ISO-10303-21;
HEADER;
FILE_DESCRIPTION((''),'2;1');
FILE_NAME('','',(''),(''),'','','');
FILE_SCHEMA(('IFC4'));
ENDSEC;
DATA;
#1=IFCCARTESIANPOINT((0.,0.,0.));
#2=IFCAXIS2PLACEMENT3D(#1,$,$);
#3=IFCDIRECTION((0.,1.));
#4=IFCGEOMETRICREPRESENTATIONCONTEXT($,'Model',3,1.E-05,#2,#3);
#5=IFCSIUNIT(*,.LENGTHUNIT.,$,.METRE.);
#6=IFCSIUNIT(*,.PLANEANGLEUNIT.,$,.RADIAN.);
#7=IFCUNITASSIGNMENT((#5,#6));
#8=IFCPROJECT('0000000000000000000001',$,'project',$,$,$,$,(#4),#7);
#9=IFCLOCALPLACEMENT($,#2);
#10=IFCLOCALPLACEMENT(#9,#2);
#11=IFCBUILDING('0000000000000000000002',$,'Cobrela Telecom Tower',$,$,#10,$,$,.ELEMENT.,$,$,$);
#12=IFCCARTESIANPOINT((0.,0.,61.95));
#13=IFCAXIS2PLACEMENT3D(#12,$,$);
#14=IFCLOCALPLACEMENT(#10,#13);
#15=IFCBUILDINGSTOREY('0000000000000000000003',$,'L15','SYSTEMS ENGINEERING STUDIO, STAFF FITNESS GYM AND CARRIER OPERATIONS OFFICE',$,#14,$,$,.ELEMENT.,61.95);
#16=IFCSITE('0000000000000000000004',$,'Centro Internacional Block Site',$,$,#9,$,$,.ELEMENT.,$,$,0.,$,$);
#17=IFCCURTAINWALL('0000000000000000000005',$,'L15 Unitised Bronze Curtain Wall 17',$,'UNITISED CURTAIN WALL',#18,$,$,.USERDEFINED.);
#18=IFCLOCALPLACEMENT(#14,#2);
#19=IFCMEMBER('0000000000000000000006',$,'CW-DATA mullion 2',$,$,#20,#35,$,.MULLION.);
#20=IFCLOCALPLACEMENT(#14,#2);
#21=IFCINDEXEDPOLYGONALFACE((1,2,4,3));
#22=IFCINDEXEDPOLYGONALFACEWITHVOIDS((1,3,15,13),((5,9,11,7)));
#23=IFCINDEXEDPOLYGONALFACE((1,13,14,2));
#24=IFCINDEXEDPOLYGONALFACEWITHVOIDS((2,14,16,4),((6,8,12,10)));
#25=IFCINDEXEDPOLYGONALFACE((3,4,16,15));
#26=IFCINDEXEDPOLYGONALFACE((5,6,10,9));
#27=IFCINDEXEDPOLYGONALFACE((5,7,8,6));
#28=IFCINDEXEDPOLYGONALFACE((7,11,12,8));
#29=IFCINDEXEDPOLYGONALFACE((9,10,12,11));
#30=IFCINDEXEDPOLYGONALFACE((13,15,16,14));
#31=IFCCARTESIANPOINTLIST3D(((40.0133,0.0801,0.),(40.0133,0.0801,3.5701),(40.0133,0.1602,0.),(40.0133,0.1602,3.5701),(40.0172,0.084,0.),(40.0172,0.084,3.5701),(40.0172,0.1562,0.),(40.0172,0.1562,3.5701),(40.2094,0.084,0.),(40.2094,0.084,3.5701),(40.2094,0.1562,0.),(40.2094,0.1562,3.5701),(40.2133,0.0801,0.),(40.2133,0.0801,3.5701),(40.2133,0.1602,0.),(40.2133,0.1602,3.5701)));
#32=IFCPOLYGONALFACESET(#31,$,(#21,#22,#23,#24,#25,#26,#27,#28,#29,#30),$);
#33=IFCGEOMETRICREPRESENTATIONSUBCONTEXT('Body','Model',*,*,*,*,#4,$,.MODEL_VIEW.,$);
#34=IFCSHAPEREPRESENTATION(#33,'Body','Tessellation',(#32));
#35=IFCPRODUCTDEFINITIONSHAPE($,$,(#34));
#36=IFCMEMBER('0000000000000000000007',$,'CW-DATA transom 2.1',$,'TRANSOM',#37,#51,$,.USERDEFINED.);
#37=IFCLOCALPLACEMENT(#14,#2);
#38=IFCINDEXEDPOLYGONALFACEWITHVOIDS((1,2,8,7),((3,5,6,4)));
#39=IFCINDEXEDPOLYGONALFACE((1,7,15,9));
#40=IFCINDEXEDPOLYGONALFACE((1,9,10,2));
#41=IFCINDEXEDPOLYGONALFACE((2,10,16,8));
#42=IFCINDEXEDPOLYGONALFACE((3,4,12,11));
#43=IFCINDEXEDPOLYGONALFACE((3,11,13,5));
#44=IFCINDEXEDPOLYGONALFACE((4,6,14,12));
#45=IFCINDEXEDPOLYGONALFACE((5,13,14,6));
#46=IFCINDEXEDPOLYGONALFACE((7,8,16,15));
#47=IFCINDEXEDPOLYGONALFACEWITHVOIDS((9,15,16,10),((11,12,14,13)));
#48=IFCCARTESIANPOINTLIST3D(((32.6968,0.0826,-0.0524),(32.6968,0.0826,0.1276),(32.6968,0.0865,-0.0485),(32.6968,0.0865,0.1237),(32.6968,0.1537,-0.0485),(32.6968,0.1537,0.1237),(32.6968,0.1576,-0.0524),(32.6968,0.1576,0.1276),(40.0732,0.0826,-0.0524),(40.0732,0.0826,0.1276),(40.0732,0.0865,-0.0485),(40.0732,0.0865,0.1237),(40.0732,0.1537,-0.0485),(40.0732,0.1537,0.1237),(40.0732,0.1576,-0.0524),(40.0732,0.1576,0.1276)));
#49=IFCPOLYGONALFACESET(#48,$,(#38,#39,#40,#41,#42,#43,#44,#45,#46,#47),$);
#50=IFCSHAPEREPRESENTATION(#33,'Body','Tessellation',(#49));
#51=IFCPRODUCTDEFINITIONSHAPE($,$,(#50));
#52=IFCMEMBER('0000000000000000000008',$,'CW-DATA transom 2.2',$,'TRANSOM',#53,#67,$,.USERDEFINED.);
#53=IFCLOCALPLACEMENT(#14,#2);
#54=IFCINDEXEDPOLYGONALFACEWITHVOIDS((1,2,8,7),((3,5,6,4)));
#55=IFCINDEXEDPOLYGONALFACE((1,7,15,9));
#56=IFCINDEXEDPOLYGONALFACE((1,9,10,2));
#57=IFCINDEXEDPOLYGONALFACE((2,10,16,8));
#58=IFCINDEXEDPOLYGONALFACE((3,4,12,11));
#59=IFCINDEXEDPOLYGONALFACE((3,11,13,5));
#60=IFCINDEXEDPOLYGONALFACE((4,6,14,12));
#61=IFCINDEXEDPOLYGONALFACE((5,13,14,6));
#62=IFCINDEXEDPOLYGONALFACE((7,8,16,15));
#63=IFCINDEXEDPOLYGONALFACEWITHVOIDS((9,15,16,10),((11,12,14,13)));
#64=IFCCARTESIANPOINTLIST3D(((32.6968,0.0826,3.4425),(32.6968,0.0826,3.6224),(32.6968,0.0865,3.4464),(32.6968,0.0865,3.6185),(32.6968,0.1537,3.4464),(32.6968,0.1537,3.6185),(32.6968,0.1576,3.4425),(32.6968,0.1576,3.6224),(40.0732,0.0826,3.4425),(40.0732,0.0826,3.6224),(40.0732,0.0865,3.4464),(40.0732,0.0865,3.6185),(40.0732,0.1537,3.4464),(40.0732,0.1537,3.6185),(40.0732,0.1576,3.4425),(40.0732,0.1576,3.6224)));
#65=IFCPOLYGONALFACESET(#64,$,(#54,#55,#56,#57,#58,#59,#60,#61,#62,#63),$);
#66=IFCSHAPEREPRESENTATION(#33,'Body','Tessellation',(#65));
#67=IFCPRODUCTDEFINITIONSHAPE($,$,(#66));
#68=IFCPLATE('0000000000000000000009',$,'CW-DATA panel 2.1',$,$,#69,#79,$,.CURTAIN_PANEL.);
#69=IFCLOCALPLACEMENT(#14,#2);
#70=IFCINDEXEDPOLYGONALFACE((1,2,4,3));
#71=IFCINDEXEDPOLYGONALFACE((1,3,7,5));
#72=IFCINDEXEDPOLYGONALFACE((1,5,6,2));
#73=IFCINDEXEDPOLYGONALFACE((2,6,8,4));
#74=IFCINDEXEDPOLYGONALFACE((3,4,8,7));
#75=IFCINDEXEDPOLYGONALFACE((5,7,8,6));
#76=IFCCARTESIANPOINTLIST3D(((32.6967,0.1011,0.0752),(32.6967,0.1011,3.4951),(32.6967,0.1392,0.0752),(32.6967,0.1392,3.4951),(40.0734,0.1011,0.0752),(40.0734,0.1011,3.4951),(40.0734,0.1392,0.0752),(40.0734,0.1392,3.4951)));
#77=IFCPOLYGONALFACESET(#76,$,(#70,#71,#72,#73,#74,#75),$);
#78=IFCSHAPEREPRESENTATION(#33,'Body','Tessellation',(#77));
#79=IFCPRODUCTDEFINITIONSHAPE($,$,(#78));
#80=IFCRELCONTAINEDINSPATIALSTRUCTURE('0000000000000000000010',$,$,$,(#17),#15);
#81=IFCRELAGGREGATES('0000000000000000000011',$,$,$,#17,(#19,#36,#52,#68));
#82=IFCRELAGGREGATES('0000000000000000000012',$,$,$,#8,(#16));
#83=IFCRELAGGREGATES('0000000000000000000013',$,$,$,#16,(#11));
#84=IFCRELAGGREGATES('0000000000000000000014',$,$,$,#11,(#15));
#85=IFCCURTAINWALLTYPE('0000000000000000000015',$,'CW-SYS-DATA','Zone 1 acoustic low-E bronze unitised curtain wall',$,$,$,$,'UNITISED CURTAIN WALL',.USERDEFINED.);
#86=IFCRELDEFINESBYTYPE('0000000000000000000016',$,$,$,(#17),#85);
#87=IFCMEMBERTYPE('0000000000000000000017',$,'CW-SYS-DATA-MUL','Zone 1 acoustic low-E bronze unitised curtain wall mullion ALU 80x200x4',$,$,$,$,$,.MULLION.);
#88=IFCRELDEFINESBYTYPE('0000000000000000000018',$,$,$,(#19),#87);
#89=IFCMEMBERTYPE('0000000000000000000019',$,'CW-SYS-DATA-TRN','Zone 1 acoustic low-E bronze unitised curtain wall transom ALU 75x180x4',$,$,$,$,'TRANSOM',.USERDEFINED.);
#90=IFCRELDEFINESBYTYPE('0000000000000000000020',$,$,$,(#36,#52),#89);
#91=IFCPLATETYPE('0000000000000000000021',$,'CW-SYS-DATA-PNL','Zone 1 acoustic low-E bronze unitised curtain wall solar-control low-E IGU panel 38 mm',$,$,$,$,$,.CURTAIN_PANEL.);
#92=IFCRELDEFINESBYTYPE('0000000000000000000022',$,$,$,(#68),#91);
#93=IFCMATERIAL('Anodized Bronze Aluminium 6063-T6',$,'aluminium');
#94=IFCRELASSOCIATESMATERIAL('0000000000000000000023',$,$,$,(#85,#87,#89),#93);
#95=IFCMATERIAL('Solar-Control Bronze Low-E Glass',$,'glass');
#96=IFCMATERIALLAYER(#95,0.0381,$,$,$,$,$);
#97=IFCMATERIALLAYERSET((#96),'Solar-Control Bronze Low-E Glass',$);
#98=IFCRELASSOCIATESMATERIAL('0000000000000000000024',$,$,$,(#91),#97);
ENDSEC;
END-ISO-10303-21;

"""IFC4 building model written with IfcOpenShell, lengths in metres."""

from ifc_helpers import new_model, si_unit, direction, frame, origin, origin_2d, place, context, subcontext, project, spatial, rectangle, hollow_rectangle, extrude, material, layer, layer_set, material_profile, profile_set, type_object, element, aggregate, save


model = new_model("IFC4")

# Units and contexts
model_context = context("Model", 3, precision=1e-05, world=origin(), true_north=direction((0.0, 1.0)))
body_context = subcontext(model_context, "Body", "Model", "MODEL_VIEW")
ifc_project = project(units=[si_unit("LENGTHUNIT", "METRE"), si_unit("PLANEANGLEUNIT", "RADIAN")], contexts=[model_context])

# Site, building, storey
site_placement = place(None, origin())
site = spatial("IfcSite", under=ifc_project, at=site_placement, Name="Centro Internacional Block Site", CompositionType="ELEMENT", RefElevation=0.0)
building_placement = place(site_placement, origin())
building = spatial("IfcBuilding", under=site, at=building_placement, Name="Cobrela Telecom Tower", CompositionType="ELEMENT")
storey_placement = place(building_placement, frame((0.0, 0.0, 61.95)))
storey = spatial("IfcBuildingStorey", under=building, at=storey_placement, Name="L15", Description="SYSTEMS ENGINEERING STUDIO, STAFF FITNESS GYM AND CARRIER OPERATIONS OFFICE", CompositionType="ELEMENT", Elevation=61.95)

# Curtain wall, members, plate
ifc_material_1 = material(Name="Anodized Bronze Aluminium 6063-T6", Category="aluminium")
curtain_wall_type = type_object("IfcCurtainWallType", Name="CW-SYS-DATA", Description="Zone 1 acoustic low-E bronze unitised curtain wall", ElementType="UNITISED CURTAIN WALL", PredefinedType="USERDEFINED", material=ifc_material_1)
curtain_wall_placement = place(storey_placement, origin())
curtain_wall = element("IfcCurtainWall", 1, at=curtain_wall_placement, inside=storey, type_object=curtain_wall_type, Name="L15 Unitised Bronze Curtain Wall 17", ObjectType="UNITISED CURTAIN WALL", PredefinedType="USERDEFINED")
ifc_material_profile_1 = material_profile(ifc_material_1, hollow_rectangle(XDim=0.0801, YDim=0.2, WallThickness=0.0039, at=origin_2d()), Name="ALU 80x200x4")
ifc_profile_set_1 = profile_set([ifc_material_profile_1], Name="Anodized Bronze Aluminium 6063-T6")
member_type_1 = type_object("IfcMemberType", Name="CW-SYS-DATA-MUL", Description="Zone 1 acoustic low-E bronze unitised curtain wall mullion ALU 80x200x4", PredefinedType="MULLION", material=ifc_profile_set_1)
member_1_placement = place(storey_placement, frame((40.1133, 0.1201, 0.0), z_axis=(0.0, 0.0, 1.0), x_axis=(0.0, -1.0, 0.0)))
member_1 = element("IfcMember", 2, at=member_1_placement, type_object=member_type_1, Name="CW-DATA mullion 2", PredefinedType="MULLION", context=body_context, shape_type="SweptSolid", body=[
    extrude(hollow_rectangle(XDim=0.0801, YDim=0.2, WallThickness=0.0039, at=origin_2d()), origin(), (0.0, 0.0, 1.0), 3.5701),
])
ifc_material_profile_2 = material_profile(ifc_material_1, hollow_rectangle(XDim=0.075, YDim=0.1799, WallThickness=0.0039, at=origin_2d()), Name="ALU 75x180x4")
ifc_profile_set_2 = profile_set([ifc_material_profile_2], Name="Anodized Bronze Aluminium 6063-T6")
member_type_2 = type_object("IfcMemberType", Name="CW-SYS-DATA-TRN", Description="Zone 1 acoustic low-E bronze unitised curtain wall transom ALU 75x180x4", ElementType="TRANSOM", PredefinedType="USERDEFINED", material=ifc_profile_set_2)
member_2_placement = place(storey_placement, frame((40.0732, 0.1201, 0.0376), z_axis=(-1.0, 0.0, 0.0), x_axis=(0.0, -1.0, 0.0)))
member_2 = element("IfcMember", 3, at=member_2_placement, type_object=member_type_2, Name="CW-DATA transom 2.1", ObjectType="TRANSOM", PredefinedType="USERDEFINED", context=body_context, shape_type="SweptSolid", body=[
    extrude(hollow_rectangle(XDim=0.075, YDim=0.1799, WallThickness=0.0039, at=origin_2d()), origin(), (0.0, 0.0, 1.0), 7.3765),
])
member_3_placement = place(storey_placement, frame((40.0732, 0.1201, 3.5325), z_axis=(-1.0, 0.0, 0.0), x_axis=(0.0, -1.0, 0.0)))
member_3 = element("IfcMember", 4, at=member_3_placement, type_object=member_type_2, Name="CW-DATA transom 2.2", ObjectType="TRANSOM", PredefinedType="USERDEFINED", context=body_context, shape_type="SweptSolid", body=[
    extrude(hollow_rectangle(XDim=0.075, YDim=0.1799, WallThickness=0.0039, at=origin_2d()), origin(), (0.0, 0.0, 1.0), 7.3765),
])
ifc_material_2 = material(Name="Solar-Control Bronze Low-E Glass", Category="glass")
ifc_layer = layer(ifc_material_2, 0.0381)
ifc_layer_set = layer_set([ifc_layer], Name="Solar-Control Bronze Low-E Glass")
plate_type = type_object("IfcPlateType", Name="CW-SYS-DATA-PNL", Description="Zone 1 acoustic low-E bronze unitised curtain wall solar-control low-E IGU panel 38 mm", PredefinedType="CURTAIN_PANEL", material=ifc_layer_set)
plate_placement = place(storey_placement, frame((36.385, 0.1201, 0.0752), z_axis=(0.0, 0.0, 1.0), x_axis=(-1.0, 0.0, 0.0)))
plate = element("IfcPlate", 5, at=plate_placement, type_object=plate_type, Name="CW-DATA panel 2.1", PredefinedType="CURTAIN_PANEL", context=body_context, shape_type="SweptSolid", body=[
    extrude(rectangle(XDim=7.3767, YDim=0.0381, at=origin_2d()), origin(), (0.0, 0.0, 1.0), 3.4199),
])
aggregate(curtain_wall, [member_1, member_2, member_3, plate])

save(model, "model.ifc")
